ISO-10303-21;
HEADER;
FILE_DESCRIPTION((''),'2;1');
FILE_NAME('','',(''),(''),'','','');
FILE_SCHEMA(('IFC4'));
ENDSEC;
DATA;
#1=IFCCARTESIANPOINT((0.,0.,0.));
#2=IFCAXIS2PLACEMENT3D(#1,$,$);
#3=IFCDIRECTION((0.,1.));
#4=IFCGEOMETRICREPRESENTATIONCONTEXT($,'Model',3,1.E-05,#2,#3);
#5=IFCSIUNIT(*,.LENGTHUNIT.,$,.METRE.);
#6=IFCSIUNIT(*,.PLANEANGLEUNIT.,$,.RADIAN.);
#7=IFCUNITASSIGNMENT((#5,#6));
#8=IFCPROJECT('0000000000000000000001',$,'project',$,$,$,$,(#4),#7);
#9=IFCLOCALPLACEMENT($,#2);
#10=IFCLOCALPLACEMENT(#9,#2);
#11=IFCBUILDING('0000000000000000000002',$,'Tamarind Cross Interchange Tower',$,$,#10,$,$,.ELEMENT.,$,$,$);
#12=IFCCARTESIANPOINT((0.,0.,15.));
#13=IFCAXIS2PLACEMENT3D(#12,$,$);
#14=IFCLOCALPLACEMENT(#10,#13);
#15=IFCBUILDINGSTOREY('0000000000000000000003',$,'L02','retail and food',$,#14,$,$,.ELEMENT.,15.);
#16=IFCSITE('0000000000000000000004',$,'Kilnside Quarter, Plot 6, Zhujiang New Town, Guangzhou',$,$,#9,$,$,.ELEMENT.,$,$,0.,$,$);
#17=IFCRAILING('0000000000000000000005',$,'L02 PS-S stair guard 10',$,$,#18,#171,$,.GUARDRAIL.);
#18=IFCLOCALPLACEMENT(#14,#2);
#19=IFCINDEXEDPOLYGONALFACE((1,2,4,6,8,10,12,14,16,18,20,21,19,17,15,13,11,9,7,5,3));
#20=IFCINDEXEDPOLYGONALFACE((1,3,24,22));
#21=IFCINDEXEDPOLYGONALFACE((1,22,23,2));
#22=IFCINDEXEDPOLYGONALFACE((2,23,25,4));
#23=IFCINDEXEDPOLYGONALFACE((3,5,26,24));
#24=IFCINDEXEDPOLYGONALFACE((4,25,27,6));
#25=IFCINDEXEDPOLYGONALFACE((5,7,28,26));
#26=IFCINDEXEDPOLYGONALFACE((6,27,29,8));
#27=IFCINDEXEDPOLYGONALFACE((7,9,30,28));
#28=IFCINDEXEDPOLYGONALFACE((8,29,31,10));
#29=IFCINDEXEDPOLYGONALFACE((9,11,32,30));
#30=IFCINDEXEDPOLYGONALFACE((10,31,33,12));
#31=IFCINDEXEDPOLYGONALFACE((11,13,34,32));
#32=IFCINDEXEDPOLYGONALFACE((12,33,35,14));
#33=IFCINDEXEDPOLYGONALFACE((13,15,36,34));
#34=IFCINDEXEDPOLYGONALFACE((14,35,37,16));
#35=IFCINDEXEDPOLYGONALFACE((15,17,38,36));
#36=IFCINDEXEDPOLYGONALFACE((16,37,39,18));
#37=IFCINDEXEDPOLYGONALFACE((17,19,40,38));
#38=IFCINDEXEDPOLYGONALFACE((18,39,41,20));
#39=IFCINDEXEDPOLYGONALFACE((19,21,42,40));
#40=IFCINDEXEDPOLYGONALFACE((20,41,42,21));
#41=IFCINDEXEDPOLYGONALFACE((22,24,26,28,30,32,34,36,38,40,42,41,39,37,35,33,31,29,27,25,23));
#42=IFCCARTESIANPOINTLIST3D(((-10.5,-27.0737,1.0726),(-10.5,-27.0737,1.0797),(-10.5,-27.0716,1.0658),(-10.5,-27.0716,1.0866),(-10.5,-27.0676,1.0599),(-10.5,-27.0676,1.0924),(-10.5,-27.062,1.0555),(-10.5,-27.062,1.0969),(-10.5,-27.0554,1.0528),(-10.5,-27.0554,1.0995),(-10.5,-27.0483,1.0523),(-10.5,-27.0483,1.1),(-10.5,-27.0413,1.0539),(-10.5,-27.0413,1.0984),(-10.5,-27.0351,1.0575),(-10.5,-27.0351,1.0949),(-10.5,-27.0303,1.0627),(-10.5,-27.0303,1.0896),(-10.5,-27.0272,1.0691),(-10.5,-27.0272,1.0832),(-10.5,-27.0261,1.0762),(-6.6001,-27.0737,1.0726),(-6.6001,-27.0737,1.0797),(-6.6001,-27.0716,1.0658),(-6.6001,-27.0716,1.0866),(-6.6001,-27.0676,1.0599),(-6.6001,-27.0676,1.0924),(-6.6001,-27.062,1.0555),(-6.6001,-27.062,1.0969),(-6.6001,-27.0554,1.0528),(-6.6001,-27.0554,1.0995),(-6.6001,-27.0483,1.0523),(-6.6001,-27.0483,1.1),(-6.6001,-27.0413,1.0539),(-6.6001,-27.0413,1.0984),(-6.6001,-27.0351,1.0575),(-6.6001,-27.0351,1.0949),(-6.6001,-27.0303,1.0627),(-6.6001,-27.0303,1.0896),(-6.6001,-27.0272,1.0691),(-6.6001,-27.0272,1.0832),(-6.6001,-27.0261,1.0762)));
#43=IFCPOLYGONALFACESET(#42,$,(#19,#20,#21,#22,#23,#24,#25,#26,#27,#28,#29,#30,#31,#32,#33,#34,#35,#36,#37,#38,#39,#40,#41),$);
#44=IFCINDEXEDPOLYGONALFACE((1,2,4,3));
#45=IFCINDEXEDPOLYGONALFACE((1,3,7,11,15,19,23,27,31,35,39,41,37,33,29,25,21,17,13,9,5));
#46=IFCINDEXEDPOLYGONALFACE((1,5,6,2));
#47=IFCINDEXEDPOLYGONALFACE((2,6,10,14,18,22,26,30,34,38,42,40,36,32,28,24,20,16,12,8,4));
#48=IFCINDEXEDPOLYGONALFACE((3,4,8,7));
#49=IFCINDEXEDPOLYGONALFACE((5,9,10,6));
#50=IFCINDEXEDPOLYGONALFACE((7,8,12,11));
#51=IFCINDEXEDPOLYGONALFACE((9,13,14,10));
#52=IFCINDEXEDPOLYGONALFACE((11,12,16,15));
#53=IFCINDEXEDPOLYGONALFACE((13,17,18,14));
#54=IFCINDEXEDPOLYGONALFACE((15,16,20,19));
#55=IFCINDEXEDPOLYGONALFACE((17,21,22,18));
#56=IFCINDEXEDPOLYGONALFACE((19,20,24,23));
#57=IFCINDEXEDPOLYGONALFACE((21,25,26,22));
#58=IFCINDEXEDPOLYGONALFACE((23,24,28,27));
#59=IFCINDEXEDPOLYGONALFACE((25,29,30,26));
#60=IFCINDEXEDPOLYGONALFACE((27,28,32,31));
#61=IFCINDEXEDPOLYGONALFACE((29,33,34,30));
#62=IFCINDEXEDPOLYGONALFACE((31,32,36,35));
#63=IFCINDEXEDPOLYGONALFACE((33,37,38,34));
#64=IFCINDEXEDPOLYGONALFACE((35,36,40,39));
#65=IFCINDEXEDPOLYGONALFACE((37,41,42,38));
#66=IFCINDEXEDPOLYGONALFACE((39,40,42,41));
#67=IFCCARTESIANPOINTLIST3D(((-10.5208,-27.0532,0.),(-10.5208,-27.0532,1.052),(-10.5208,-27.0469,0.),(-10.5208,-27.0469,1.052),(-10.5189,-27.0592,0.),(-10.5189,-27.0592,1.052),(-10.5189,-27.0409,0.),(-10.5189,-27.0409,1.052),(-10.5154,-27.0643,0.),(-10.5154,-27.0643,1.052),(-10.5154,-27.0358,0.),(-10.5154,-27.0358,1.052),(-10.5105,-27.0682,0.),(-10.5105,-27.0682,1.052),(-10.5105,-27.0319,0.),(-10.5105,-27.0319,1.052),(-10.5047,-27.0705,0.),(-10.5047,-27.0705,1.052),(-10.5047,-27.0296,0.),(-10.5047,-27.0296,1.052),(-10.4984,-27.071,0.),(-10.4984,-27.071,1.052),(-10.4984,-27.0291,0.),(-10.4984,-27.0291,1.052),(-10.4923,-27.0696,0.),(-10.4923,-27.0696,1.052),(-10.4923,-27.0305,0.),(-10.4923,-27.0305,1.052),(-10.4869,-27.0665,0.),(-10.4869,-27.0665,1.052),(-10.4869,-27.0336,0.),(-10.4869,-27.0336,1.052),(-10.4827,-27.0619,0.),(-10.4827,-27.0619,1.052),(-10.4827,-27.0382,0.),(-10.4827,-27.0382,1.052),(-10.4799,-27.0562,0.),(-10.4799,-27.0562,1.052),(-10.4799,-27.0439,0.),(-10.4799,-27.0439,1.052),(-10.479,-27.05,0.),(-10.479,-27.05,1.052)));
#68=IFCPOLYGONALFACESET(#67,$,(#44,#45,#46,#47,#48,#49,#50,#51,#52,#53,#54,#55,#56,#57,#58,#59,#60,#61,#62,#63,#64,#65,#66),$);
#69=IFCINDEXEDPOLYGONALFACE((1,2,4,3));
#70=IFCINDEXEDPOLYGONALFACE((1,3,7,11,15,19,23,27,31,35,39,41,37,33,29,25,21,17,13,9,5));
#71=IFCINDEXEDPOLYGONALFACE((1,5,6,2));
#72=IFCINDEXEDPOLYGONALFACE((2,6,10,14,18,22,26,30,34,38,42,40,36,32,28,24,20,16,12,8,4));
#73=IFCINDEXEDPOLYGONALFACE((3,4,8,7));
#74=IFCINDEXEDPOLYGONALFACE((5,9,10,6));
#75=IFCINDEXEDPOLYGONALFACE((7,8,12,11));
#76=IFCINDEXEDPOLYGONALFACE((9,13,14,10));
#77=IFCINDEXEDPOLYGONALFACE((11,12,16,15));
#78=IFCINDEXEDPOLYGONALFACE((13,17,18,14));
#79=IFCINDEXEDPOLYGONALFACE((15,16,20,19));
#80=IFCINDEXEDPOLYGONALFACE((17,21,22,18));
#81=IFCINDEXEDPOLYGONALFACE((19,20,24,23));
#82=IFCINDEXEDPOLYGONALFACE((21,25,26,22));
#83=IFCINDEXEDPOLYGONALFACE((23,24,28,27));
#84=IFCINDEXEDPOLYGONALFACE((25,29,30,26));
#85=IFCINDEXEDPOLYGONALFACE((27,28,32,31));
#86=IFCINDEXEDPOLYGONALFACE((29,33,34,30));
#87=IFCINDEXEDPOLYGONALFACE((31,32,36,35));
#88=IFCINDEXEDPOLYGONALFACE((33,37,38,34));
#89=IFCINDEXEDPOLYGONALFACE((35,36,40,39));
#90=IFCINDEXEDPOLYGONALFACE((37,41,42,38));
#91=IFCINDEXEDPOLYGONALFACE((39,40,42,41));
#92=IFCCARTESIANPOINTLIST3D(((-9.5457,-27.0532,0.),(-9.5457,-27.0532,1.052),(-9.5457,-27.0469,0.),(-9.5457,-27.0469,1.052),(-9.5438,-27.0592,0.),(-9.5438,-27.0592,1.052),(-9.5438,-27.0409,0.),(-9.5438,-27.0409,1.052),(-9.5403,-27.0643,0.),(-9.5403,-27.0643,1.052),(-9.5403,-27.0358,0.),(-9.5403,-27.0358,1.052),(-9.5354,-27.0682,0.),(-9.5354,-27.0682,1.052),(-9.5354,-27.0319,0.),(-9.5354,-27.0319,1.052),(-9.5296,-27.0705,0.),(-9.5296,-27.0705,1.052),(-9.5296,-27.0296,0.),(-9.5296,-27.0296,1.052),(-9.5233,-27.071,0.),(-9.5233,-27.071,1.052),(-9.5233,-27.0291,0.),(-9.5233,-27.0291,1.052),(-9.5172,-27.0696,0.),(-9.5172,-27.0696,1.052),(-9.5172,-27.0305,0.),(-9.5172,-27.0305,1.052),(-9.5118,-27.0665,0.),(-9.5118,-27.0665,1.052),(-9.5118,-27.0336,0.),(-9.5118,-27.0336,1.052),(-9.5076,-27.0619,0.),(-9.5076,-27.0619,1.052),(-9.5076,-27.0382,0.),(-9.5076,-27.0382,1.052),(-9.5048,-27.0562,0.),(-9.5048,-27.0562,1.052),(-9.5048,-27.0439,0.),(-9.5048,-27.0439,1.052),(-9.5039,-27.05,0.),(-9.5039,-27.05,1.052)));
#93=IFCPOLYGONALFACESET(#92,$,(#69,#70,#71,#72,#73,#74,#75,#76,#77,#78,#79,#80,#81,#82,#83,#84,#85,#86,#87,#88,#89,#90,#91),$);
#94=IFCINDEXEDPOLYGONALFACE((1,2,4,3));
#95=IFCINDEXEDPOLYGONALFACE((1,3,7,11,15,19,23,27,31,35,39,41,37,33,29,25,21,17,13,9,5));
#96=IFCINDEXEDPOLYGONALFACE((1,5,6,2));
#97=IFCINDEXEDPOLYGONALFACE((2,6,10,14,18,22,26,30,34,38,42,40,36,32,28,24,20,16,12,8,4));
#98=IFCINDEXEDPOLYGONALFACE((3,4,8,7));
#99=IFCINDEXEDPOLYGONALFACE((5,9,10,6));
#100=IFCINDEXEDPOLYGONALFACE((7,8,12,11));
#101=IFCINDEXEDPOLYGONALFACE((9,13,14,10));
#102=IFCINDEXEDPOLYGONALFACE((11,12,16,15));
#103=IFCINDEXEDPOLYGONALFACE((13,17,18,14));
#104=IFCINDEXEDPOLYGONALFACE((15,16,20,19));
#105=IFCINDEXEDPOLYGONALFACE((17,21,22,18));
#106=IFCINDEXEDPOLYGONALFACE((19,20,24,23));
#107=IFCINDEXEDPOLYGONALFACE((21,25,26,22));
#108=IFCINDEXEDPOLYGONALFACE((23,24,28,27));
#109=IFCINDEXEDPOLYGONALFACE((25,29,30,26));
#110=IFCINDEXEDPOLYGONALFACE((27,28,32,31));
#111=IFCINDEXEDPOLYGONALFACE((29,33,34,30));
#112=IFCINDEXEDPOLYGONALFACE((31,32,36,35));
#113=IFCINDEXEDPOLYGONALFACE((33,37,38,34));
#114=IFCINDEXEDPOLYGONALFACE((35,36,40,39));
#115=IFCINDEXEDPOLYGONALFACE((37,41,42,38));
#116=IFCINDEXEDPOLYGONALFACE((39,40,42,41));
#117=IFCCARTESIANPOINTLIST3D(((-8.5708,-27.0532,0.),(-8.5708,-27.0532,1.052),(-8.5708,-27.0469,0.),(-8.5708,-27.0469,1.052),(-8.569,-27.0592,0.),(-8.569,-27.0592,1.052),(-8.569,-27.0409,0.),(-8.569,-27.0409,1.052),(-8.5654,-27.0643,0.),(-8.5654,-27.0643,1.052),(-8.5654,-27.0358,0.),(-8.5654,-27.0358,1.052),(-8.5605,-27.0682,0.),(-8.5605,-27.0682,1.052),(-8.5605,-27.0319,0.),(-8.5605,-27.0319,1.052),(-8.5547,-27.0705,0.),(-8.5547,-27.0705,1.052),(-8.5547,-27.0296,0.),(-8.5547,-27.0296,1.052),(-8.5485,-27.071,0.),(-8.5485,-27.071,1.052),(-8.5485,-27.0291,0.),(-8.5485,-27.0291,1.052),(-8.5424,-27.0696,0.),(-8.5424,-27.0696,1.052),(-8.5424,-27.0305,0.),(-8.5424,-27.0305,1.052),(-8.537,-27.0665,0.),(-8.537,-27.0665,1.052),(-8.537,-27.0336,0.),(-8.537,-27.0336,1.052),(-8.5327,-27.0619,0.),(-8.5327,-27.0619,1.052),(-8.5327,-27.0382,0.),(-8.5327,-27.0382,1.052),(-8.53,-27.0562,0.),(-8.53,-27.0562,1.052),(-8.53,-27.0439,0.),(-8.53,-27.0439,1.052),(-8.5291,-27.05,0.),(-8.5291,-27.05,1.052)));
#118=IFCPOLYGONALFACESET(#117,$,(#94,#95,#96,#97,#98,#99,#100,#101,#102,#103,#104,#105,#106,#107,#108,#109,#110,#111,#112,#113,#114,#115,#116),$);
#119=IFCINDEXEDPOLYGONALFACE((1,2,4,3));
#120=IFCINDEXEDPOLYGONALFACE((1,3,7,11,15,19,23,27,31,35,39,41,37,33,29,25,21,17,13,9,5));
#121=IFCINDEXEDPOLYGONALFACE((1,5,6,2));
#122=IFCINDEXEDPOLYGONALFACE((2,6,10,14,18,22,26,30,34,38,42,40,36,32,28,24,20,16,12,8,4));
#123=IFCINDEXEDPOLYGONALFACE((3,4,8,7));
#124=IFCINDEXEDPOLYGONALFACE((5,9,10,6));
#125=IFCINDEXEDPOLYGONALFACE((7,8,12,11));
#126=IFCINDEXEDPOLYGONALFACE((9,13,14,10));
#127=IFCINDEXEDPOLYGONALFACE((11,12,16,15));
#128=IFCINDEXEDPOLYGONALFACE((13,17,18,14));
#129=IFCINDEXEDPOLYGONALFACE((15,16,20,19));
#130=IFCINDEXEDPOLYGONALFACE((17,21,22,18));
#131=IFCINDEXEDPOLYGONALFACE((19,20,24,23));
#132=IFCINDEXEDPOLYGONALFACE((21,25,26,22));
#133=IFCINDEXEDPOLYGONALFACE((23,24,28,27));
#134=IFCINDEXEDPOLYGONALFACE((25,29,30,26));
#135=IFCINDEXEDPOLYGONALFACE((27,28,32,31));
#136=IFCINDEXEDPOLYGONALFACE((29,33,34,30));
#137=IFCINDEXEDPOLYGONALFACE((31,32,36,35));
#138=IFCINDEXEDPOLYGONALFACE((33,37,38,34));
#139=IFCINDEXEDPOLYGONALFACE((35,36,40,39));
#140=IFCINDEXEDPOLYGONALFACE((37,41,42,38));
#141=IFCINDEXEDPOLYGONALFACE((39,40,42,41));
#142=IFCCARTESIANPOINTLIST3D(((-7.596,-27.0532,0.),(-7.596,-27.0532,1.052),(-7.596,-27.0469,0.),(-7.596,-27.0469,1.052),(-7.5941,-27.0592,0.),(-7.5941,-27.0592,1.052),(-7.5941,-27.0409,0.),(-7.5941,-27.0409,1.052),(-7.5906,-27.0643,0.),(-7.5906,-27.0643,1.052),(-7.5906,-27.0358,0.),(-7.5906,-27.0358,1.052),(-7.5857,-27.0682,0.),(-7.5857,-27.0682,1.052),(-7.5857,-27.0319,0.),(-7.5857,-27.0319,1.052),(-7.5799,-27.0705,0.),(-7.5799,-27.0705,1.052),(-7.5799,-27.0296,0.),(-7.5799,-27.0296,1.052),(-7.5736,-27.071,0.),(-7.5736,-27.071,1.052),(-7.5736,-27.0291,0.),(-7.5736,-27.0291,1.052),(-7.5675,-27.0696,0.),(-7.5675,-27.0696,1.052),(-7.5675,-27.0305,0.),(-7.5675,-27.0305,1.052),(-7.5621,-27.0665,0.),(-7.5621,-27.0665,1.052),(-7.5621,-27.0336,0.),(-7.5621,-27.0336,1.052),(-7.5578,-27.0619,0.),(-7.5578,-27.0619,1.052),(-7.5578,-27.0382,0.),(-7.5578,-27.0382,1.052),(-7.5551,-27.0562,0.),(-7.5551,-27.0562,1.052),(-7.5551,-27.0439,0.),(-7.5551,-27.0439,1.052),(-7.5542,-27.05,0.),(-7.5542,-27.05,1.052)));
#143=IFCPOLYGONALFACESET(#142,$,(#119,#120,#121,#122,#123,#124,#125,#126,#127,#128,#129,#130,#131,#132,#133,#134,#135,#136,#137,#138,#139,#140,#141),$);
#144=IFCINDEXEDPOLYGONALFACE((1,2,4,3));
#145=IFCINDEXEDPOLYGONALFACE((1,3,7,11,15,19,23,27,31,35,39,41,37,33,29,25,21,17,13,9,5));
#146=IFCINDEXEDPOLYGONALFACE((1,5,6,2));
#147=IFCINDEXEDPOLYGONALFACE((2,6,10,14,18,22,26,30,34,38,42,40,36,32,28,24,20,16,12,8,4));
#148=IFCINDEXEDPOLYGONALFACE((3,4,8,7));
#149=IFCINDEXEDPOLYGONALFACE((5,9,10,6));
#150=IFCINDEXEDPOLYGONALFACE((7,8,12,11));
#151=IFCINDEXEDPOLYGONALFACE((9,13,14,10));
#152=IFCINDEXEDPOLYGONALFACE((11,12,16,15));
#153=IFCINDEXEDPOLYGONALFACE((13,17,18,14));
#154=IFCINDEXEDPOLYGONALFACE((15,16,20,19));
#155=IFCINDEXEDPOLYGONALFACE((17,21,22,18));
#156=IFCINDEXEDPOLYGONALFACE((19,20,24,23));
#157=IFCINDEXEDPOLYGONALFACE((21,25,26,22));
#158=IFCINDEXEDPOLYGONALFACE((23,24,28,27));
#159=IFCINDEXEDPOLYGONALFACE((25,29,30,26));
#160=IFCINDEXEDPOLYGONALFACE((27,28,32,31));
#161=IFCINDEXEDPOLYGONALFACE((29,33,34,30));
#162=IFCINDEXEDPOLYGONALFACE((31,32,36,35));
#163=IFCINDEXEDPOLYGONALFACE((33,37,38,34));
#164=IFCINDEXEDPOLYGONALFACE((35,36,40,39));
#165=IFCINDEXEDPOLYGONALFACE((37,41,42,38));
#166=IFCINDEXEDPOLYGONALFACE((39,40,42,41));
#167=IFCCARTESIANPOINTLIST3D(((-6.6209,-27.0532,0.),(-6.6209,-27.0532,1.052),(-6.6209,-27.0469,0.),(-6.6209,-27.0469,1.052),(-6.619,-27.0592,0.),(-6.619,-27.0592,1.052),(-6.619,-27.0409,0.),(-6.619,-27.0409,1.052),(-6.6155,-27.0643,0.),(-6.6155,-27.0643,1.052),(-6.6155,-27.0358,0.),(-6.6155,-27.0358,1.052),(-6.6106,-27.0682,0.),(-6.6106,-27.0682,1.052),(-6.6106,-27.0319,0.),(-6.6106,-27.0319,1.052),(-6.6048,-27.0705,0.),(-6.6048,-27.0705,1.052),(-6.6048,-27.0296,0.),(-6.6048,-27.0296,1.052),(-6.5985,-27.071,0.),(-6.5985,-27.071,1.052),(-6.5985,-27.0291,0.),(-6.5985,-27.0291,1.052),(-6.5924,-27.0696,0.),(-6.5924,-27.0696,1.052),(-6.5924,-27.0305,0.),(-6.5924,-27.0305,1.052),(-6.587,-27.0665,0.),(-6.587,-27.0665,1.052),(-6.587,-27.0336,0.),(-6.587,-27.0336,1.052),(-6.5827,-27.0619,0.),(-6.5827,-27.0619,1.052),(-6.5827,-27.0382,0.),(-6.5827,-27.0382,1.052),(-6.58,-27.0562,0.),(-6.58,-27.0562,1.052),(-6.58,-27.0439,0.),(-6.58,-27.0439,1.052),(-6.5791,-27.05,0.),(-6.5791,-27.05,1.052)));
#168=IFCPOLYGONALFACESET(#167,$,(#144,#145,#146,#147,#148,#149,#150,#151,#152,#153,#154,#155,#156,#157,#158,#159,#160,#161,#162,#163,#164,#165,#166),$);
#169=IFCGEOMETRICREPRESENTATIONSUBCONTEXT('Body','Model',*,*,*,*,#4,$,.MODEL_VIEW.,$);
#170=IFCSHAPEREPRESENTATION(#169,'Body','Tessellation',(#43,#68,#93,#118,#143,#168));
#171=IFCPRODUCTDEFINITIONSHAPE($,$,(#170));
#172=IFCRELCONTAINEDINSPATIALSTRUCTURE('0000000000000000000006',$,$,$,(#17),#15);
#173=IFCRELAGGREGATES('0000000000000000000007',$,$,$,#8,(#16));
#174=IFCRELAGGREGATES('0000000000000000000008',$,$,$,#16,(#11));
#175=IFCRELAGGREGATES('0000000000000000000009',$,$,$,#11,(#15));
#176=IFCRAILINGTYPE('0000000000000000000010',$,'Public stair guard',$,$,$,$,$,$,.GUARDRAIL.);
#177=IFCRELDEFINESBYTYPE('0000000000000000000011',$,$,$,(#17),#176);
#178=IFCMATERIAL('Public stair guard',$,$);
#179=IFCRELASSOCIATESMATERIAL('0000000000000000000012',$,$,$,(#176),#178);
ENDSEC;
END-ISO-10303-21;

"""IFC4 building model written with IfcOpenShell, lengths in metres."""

from ifc_helpers import new_model, si_unit, direction, frame, origin, origin_2d, place, context, subcontext, project, spatial, circle, extrude, material, type_object, element, save


model = new_model("IFC4")

# Units and contexts
model_context = context("Model", 3, precision=1e-05, world=origin(), true_north=direction((0.0, 1.0)))
body_context = subcontext(model_context, "Body", "Model", "MODEL_VIEW")
ifc_project = project(units=[si_unit("LENGTHUNIT", "METRE"), si_unit("PLANEANGLEUNIT", "RADIAN")], contexts=[model_context])

# Site, building, storey
site_placement = place(None, origin())
site = spatial("IfcSite", under=ifc_project, at=site_placement, Name="Kilnside Quarter, Plot 6, Zhujiang New Town, Guangzhou", CompositionType="ELEMENT", RefElevation=0.0)
building_placement = place(site_placement, origin())
building = spatial("IfcBuilding", under=site, at=building_placement, Name="Tamarind Cross Interchange Tower", CompositionType="ELEMENT")
storey_placement = place(building_placement, frame((0.0, 0.0, 15.0)))
storey = spatial("IfcBuildingStorey", under=building, at=storey_placement, Name="L02", Description="retail and food", CompositionType="ELEMENT", Elevation=15.0)

# Railing
ifc_material_1 = material(Name="Public stair guard")
railing_type_1 = type_object("IfcRailingType", Name="Public stair guard", PredefinedType="GUARDRAIL", material=ifc_material_1)
railing_1_placement = place(storey_placement, frame((-10.5, -27.05, 0.0)))
element("IfcRailing", 1, at=railing_1_placement, inside=storey, type_object=railing_type_1, Name="L02 PS-S stair guard 10", PredefinedType="GUARDRAIL", context=body_context, shape_type="SweptSolid", body=[
    extrude(circle(Radius=0.0239, at=origin_2d()), frame((0.0, 0.0, 1.0762), z_axis=(1.0, 0.0, 0.0), x_axis=(0.0, 1.0, 0.0)), (0.0, 0.0, 1.0), 3.8999),
    extrude(circle(Radius=0.021, at=origin_2d()), origin(), (0.0, 0.0, 1.0), 1.052),
    extrude(circle(Radius=0.021, at=origin_2d()), frame((0.9751, 0.0, 0.0)), (0.0, 0.0, 1.0), 1.052),
    extrude(circle(Radius=0.021, at=origin_2d()), frame((1.95, 0.0, 0.0)), (0.0, 0.0, 1.0), 1.052),
    extrude(circle(Radius=0.021, at=origin_2d()), frame((2.9248, 0.0, 0.0)), (0.0, 0.0, 1.0), 1.052),
    extrude(circle(Radius=0.021, at=origin_2d()), frame((3.8999, 0.0, 0.0)), (0.0, 0.0, 1.0), 1.052),
])

save(model, "model.ifc")
